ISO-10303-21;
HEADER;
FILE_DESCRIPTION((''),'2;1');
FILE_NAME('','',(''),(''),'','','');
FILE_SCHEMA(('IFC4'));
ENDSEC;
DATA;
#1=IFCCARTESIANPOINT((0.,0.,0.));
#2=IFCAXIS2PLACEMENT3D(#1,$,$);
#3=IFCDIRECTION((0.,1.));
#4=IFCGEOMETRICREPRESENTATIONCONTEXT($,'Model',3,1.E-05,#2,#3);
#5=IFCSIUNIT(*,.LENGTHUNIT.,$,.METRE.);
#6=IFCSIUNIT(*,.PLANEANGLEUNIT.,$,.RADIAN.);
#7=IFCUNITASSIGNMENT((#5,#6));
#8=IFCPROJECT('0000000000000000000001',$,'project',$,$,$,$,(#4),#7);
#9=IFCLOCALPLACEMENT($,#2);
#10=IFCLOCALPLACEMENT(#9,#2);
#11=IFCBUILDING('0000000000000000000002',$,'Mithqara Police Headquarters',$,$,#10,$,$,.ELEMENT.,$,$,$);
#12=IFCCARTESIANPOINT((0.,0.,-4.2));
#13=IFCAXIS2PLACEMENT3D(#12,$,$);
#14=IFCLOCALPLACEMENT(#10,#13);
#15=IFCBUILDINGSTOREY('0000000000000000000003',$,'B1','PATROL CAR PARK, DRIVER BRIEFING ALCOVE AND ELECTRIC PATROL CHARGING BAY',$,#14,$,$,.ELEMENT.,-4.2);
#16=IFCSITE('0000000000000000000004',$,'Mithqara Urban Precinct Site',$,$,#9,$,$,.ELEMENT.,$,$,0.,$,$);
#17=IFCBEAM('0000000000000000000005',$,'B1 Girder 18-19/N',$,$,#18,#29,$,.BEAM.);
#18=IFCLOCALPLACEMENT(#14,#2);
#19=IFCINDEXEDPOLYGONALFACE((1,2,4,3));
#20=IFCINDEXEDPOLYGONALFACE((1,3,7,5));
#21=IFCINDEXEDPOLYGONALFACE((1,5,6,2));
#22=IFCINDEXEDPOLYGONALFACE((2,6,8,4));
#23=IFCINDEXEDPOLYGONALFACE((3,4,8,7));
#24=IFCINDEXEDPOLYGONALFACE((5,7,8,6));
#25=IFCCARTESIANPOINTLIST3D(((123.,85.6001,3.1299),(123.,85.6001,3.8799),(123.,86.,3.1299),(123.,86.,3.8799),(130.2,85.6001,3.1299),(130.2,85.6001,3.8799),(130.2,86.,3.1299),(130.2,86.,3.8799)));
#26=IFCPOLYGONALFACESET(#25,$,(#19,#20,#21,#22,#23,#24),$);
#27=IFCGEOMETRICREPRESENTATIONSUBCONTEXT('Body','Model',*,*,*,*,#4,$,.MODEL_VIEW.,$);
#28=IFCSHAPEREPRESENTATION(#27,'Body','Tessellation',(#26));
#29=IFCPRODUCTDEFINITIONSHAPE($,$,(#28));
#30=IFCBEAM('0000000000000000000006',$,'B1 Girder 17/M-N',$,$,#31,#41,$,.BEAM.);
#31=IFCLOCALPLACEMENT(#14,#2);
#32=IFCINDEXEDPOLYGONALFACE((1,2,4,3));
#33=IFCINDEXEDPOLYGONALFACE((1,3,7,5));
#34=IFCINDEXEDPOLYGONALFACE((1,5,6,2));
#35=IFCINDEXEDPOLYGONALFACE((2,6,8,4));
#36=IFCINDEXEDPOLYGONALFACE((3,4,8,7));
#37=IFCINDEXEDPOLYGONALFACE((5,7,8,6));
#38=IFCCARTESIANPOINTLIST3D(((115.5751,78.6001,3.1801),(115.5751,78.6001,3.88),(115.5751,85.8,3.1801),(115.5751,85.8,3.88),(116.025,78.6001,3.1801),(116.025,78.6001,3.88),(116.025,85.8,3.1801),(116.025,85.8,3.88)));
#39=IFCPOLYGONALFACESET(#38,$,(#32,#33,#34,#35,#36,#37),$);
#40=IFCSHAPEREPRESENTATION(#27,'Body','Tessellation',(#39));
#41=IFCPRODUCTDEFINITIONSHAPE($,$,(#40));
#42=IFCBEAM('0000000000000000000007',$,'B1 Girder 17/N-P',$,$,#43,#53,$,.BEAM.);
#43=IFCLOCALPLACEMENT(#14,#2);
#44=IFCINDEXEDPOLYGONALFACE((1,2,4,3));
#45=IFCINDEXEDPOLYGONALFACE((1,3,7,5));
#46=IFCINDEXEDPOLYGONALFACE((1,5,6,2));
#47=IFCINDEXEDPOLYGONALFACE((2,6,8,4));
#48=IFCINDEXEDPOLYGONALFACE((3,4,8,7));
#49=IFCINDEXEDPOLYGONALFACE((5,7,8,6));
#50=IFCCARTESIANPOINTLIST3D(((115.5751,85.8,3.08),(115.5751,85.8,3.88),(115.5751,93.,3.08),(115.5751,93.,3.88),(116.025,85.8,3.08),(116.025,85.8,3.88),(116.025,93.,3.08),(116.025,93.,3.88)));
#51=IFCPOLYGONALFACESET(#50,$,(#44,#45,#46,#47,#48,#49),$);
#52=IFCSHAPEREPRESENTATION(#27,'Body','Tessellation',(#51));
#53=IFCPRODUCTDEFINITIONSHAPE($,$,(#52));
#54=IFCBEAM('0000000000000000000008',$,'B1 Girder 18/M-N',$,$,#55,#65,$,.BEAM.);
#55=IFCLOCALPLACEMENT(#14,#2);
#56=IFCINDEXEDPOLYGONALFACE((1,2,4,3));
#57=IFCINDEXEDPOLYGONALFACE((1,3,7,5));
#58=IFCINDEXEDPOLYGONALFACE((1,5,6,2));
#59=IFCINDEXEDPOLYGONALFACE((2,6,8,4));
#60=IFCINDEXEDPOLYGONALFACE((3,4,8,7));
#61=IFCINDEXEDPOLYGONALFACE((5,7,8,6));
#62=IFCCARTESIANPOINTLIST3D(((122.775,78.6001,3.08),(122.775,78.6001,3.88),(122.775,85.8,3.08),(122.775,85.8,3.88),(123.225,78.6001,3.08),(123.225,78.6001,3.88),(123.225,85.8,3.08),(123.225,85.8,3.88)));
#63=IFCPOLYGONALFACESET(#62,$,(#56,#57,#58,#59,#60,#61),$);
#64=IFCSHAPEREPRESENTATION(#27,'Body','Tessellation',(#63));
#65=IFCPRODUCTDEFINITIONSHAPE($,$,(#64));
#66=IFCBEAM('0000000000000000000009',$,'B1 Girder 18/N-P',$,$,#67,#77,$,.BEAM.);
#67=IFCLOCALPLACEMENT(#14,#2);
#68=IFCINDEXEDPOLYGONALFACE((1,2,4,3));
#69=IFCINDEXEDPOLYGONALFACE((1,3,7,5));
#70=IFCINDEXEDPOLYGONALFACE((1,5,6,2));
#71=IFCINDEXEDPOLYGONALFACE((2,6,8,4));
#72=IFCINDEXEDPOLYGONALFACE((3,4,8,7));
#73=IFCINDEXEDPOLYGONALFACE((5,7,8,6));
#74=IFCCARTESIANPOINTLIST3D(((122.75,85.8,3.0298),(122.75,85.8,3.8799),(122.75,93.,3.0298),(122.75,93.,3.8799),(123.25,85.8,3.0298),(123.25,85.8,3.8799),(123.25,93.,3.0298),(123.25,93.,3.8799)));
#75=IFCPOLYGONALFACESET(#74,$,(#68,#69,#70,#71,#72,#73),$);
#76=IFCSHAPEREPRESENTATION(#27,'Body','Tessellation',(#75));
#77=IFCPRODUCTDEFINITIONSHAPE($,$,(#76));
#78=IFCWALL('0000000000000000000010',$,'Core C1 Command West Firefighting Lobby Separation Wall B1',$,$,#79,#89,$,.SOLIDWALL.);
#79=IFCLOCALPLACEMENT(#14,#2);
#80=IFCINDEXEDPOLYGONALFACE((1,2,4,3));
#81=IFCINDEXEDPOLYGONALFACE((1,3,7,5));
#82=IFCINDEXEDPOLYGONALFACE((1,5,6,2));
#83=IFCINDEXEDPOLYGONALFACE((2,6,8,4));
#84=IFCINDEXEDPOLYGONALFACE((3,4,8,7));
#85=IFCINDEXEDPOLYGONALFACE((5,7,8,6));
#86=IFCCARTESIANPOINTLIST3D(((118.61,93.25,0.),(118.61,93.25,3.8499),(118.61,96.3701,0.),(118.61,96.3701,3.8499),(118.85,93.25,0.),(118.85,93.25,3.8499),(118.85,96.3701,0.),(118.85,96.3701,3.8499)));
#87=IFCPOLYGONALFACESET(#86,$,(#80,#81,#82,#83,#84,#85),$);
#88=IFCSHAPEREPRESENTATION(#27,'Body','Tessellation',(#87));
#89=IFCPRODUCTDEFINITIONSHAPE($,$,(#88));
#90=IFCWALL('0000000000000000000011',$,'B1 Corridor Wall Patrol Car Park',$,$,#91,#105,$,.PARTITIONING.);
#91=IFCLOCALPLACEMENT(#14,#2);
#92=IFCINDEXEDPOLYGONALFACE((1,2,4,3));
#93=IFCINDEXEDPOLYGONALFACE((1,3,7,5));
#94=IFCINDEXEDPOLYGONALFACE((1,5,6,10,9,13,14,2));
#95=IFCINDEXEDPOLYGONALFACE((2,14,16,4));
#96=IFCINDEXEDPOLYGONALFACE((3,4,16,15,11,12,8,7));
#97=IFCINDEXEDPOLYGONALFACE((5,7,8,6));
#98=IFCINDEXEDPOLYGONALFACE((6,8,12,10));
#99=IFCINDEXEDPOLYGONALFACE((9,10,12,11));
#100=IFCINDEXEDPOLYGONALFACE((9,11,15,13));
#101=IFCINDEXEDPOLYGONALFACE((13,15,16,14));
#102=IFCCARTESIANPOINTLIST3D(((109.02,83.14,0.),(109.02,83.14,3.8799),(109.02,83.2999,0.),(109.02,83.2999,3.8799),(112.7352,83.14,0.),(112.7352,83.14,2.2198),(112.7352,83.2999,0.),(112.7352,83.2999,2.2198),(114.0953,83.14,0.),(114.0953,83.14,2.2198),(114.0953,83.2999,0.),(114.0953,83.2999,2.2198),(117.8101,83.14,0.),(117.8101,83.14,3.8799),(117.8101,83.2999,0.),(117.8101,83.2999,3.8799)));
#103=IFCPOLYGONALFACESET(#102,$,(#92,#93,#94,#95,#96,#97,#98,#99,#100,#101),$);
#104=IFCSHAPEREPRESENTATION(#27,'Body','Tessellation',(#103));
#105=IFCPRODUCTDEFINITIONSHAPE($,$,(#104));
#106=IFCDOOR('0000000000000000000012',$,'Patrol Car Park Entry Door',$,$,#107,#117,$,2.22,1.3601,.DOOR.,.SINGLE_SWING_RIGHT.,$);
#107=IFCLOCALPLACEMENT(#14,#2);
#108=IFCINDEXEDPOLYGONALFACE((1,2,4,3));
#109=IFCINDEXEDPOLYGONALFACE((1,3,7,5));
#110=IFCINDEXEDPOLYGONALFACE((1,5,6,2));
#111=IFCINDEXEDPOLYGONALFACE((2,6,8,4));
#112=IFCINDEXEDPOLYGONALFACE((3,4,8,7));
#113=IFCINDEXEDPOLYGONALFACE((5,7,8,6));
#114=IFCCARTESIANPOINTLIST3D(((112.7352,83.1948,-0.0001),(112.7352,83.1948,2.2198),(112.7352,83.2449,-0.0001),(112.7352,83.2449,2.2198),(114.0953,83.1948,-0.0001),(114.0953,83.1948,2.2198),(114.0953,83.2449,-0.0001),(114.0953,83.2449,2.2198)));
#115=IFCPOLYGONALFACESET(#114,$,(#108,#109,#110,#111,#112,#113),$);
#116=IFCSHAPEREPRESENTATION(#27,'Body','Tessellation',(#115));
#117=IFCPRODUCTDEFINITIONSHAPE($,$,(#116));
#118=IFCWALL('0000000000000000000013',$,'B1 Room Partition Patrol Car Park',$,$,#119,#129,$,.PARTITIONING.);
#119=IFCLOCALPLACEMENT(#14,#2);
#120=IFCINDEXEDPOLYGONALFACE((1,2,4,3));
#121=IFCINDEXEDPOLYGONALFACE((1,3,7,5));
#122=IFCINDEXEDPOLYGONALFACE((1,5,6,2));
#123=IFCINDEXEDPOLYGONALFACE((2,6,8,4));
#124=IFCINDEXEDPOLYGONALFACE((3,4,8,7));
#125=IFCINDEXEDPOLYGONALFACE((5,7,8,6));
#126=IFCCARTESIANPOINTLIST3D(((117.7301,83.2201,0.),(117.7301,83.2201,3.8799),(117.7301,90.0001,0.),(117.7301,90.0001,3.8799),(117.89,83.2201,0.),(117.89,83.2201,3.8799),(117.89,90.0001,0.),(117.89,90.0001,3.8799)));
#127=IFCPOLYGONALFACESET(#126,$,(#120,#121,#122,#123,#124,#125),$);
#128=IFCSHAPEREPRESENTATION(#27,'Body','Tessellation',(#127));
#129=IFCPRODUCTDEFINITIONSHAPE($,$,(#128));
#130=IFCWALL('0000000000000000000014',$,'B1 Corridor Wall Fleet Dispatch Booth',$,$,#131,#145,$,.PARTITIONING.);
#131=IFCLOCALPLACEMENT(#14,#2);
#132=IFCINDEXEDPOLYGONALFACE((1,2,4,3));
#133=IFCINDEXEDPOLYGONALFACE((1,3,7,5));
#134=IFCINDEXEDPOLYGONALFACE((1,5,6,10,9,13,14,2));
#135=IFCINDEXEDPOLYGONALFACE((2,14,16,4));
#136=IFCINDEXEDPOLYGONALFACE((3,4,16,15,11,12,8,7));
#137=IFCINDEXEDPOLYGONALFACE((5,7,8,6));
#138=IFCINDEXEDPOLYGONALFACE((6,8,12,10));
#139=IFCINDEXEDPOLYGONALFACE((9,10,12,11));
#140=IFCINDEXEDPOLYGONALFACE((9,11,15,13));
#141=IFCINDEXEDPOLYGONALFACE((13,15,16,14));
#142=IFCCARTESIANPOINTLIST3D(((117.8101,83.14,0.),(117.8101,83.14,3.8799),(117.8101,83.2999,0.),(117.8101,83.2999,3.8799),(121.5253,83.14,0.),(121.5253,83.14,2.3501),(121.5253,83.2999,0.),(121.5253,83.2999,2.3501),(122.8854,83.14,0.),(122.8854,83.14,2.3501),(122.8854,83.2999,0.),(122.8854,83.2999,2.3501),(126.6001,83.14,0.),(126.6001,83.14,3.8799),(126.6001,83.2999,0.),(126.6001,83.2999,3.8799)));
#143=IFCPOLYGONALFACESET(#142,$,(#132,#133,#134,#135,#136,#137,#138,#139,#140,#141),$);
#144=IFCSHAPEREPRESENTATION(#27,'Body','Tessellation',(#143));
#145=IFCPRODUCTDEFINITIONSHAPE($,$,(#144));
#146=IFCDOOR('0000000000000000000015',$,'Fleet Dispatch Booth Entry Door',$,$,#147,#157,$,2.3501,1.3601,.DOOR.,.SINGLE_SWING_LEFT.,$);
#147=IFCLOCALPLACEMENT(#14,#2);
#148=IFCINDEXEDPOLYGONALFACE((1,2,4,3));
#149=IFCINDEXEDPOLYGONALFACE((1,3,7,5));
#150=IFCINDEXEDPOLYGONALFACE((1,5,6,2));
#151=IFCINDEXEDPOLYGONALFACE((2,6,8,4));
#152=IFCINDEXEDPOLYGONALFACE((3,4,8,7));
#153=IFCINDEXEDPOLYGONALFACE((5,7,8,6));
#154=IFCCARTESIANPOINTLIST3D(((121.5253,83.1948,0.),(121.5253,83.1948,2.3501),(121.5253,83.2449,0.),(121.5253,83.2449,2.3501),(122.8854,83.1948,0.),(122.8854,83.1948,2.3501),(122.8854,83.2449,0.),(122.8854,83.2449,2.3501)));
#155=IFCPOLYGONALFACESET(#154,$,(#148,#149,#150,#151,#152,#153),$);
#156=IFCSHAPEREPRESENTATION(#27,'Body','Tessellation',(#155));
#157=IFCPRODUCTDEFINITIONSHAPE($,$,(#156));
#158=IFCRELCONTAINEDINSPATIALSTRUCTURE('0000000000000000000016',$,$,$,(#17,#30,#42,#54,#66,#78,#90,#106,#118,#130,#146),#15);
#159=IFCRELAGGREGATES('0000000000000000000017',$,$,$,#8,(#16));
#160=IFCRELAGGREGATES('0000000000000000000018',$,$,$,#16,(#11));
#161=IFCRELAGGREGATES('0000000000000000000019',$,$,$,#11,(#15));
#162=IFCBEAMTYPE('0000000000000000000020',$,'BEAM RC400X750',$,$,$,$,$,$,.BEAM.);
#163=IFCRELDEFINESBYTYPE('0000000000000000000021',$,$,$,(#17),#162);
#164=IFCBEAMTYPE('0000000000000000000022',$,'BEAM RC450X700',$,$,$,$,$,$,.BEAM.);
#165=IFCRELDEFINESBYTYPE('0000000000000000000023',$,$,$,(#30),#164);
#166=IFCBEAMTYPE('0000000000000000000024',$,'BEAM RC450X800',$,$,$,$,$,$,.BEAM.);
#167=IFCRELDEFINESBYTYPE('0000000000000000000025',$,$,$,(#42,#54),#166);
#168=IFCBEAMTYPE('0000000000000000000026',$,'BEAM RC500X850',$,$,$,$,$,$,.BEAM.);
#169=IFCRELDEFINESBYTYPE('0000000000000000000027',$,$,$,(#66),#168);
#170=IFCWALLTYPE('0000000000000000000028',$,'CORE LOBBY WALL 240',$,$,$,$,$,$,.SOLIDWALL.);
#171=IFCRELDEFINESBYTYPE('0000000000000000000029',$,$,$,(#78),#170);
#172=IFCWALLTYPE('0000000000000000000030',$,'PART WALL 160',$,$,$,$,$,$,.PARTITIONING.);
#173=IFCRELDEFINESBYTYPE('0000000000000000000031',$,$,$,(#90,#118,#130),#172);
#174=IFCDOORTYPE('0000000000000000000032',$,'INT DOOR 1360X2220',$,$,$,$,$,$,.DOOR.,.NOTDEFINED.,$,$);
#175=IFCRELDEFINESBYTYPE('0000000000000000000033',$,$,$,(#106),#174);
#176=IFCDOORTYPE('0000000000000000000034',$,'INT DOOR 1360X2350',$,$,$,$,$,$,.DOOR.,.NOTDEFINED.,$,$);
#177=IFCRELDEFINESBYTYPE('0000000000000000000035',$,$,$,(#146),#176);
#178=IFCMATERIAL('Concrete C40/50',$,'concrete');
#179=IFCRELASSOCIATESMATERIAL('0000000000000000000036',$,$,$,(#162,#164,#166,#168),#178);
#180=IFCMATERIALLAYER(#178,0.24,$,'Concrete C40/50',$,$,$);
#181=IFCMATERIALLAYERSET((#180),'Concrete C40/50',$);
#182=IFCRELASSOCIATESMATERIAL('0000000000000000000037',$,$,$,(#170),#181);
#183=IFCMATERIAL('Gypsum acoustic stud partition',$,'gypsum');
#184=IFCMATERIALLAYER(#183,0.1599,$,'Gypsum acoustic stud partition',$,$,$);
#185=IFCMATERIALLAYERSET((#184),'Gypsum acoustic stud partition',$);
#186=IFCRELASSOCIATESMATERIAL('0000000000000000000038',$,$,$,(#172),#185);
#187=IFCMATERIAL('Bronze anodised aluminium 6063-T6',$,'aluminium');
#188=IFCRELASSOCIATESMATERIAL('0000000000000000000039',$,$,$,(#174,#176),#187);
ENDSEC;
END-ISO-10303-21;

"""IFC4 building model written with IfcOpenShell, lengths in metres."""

from ifc_helpers import new_model, si_unit, direction, frame, frame_2d, origin, origin_2d, place, context, subcontext, project, spatial, rectangle, extrude, material, layer, layer_set, material_profile, profile_set, type_object, element, fill, save


model = new_model("IFC4")

# Units and contexts
model_context = context("Model", 3, precision=1e-05, world=origin(), true_north=direction((0.0, 1.0)))
body_context = subcontext(model_context, "Body", "Model", "MODEL_VIEW")
ifc_project = project(units=[si_unit("LENGTHUNIT", "METRE"), si_unit("PLANEANGLEUNIT", "RADIAN")], contexts=[model_context])

# Site, building, storey
site_placement = place(None, origin())
site = spatial("IfcSite", under=ifc_project, at=site_placement, Name="Mithqara Urban Precinct Site", CompositionType="ELEMENT", RefElevation=0.0)
building_placement = place(site_placement, origin())
building = spatial("IfcBuilding", under=site, at=building_placement, Name="Mithqara Police Headquarters", CompositionType="ELEMENT")
storey_placement = place(building_placement, frame((0.0, 0.0, -4.2)))
storey = spatial("IfcBuildingStorey", under=building, at=storey_placement, Name="B1", Description="PATROL CAR PARK, DRIVER BRIEFING ALCOVE AND ELECTRIC PATROL CHARGING BAY", CompositionType="ELEMENT", Elevation=-4.2)

# Beams
ifc_material_1 = material(Name="Concrete C40/50", Category="concrete")
ifc_material_profile_1 = material_profile(ifc_material_1, rectangle(XDim=0.3999, YDim=0.75, at=origin_2d()), Name="RC 400x750")
ifc_profile_set_1 = profile_set([ifc_material_profile_1], Name="Concrete C40/50")
beam_type_1 = type_object("IfcBeamType", Name="BEAM RC400X750", PredefinedType="BEAM", material=ifc_profile_set_1)
beam_1_placement = place(storey_placement, frame((123.0, 85.8, 3.5049), z_axis=(1.0, 0.0, 0.0), x_axis=(0.0, 1.0, 0.0)))
element("IfcBeam", 1, at=beam_1_placement, inside=storey, type_object=beam_type_1, Name="B1 Girder 18-19/N", PredefinedType="BEAM", context=body_context, shape_type="SweptSolid", body=[
    extrude(rectangle(XDim=0.3999, YDim=0.75, at=origin_2d()), origin(), (0.0, 0.0, 1.0), 7.2),
])
ifc_material_profile_2 = material_profile(ifc_material_1, rectangle(XDim=0.45, YDim=0.7, at=origin_2d()), Name="RC 450x700")
ifc_profile_set_2 = profile_set([ifc_material_profile_2], Name="Concrete C40/50")
beam_type_2 = type_object("IfcBeamType", Name="BEAM RC450X700", PredefinedType="BEAM", material=ifc_profile_set_2)
beam_2_placement = place(storey_placement, frame((115.8, 78.6001, 3.53), z_axis=(0.0, 1.0, 0.0), x_axis=(-1.0, 0.0, 0.0)))
element("IfcBeam", 2, at=beam_2_placement, inside=storey, type_object=beam_type_2, Name="B1 Girder 17/M-N", PredefinedType="BEAM", context=body_context, shape_type="SweptSolid", body=[
    extrude(rectangle(XDim=0.45, YDim=0.7, at=origin_2d()), origin(), (0.0, 0.0, 1.0), 7.2),
])
ifc_material_profile_3 = material_profile(ifc_material_1, rectangle(XDim=0.45, YDim=0.8, at=origin_2d()), Name="RC 450x800")
ifc_profile_set_3 = profile_set([ifc_material_profile_3], Name="Concrete C40/50")
beam_type_3 = type_object("IfcBeamType", Name="BEAM RC450X800", PredefinedType="BEAM", material=ifc_profile_set_3)
for number, where, z_axis, x_axis, name in (
    (3, (115.8, 85.8, 3.48), (0.0, 1.0, 0.0), (-1.0, 0.0, 0.0), "B1 Girder 17/N-P"),
    (4, (123.0, 78.6001, 3.48), (0.0, 1.0, 0.0), (-1.0, 0.0, 0.0), "B1 Girder 18/M-N"),
):
    element("IfcBeam", number, at=place(storey_placement, frame(where, z_axis=z_axis, x_axis=x_axis)), inside=storey, type_object=beam_type_3, Name=name, PredefinedType="BEAM", context=body_context, shape_type="SweptSolid", body=[
        extrude(rectangle(XDim=0.45, YDim=0.8, at=origin_2d()), origin(), (0.0, 0.0, 1.0), 7.2),
    ])
ifc_material_profile_4 = material_profile(ifc_material_1, rectangle(XDim=0.5, YDim=0.8501, at=origin_2d()), Name="RC 500x850")
ifc_profile_set_4 = profile_set([ifc_material_profile_4], Name="Concrete C40/50")
beam_type_4 = type_object("IfcBeamType", Name="BEAM RC500X850", PredefinedType="BEAM", material=ifc_profile_set_4)
beam_3_placement = place(storey_placement, frame((123.0, 85.8, 3.4548), z_axis=(0.0, 1.0, 0.0), x_axis=(-1.0, 0.0, 0.0)))
element("IfcBeam", 5, at=beam_3_placement, inside=storey, type_object=beam_type_4, Name="B1 Girder 18/N-P", PredefinedType="BEAM", context=body_context, shape_type="SweptSolid", body=[
    extrude(rectangle(XDim=0.5, YDim=0.8501, at=origin_2d()), origin(), (0.0, 0.0, 1.0), 7.2),
])

# Wall
ifc_layer_1 = layer(ifc_material_1, 0.24, Name="Concrete C40/50")
ifc_layer_set_1 = layer_set([ifc_layer_1], Name="Concrete C40/50")
wall_type_1 = type_object("IfcWallType", Name="CORE LOBBY WALL 240", PredefinedType="SOLIDWALL", material=ifc_layer_set_1)
wall_1_placement = place(storey_placement, frame((118.73, 93.25, 0.0), z_axis=(0.0, 0.0, 1.0), x_axis=(0.0, 1.0, 0.0)))
element("IfcWall", 6, at=wall_1_placement, inside=storey, type_object=wall_type_1, Name="Core C1 Command West Firefighting Lobby Separation Wall B1", PredefinedType="SOLIDWALL", context=body_context, shape_type="SweptSolid", body=[
    extrude(rectangle(XDim=3.1201, YDim=0.24, at=frame_2d((1.5601, 0.0))), origin(), (0.0, 0.0, 1.0), 3.8499),
])

# Wall, opening, door
ifc_material_2 = material(Name="Gypsum acoustic stud partition", Category="gypsum")
ifc_layer_2 = layer(ifc_material_2, 0.1599, Name="Gypsum acoustic stud partition")
ifc_layer_set_2 = layer_set([ifc_layer_2], Name="Gypsum acoustic stud partition")
wall_type_2 = type_object("IfcWallType", Name="PART WALL 160", PredefinedType="PARTITIONING", material=ifc_layer_set_2)
wall_2_placement = place(storey_placement, frame((109.02, 83.22, 0.0), z_axis=(0.0, 0.0, 1.0), x_axis=(1.0, 0.0, 0.0)))
wall_2 = element("IfcWall", 7, at=wall_2_placement, inside=storey, type_object=wall_type_2, Name="B1 Corridor Wall Patrol Car Park", PredefinedType="PARTITIONING", context=body_context, shape_type="SweptSolid", body=[
    extrude(rectangle(XDim=8.79, YDim=0.1599, at=frame_2d((4.395, 0.0))), origin(), (0.0, 0.0, 1.0), 3.8799),
])
opening_1_placement = place(wall_2_placement, frame((3.7151, 0.0, 0.0)))
opening_1 = element("IfcOpeningElement", 8, at=opening_1_placement, cuts=wall_2, PredefinedType="OPENING", context=body_context, shape_type="SweptSolid", body=[
    extrude(rectangle(XDim=1.3601, YDim=2.22, at=frame_2d((0.6802, 1.1099))), frame((0.0, 0.0898, 0.0), z_axis=(0.0, -1.0, 0.0), x_axis=(1.0, 0.0, 0.0)), (0.0, 0.0, 1.0), 0.1799),
])
ifc_material_3 = material(Name="Bronze anodised aluminium 6063-T6", Category="aluminium")
door_type_1 = type_object("IfcDoorType", Name="INT DOOR 1360X2220", OperationType="NOTDEFINED", PredefinedType="DOOR", material=ifc_material_3)
door_1_placement = place(opening_1_placement, origin())
door_1 = element("IfcDoor", 9, at=door_1_placement, inside=storey, type_object=door_type_1, Name="Patrol Car Park Entry Door", OperationType="SINGLE_SWING_RIGHT", OverallHeight=2.22, OverallWidth=1.3601, PredefinedType="DOOR", context=body_context, shape_type="SweptSolid", body=[
    extrude(rectangle(XDim=1.3601, YDim=2.22, at=frame_2d((0.6802, 1.1099))), frame((0.0, 0.0249, 0.0), z_axis=(0.0, -1.0, 0.0), x_axis=(1.0, 0.0, 0.0)), (0.0, 0.0, 1.0), 0.05),
])
fill(opening_1, door_1)

# Wall
wall_3_placement = place(storey_placement, frame((117.8101, 83.22, 0.0), z_axis=(0.0, 0.0, 1.0), x_axis=(0.0, 1.0, 0.0)))
element("IfcWall", 10, at=wall_3_placement, inside=storey, type_object=wall_type_2, Name="B1 Room Partition Patrol Car Park", PredefinedType="PARTITIONING", context=body_context, shape_type="SweptSolid", body=[
    extrude(rectangle(XDim=6.78, YDim=0.1599, at=frame_2d((3.3901, 0.0))), origin(), (0.0, 0.0, 1.0), 3.8799),
])

# Wall, opening, door
wall_4_placement = place(storey_placement, frame((117.8101, 83.22, 0.0), z_axis=(0.0, 0.0, 1.0), x_axis=(1.0, 0.0, 0.0)))
wall_4 = element("IfcWall", 11, at=wall_4_placement, inside=storey, type_object=wall_type_2, Name="B1 Corridor Wall Fleet Dispatch Booth", PredefinedType="PARTITIONING", context=body_context, shape_type="SweptSolid", body=[
    extrude(rectangle(XDim=8.79, YDim=0.1599, at=frame_2d((4.395, 0.0))), origin(), (0.0, 0.0, 1.0), 3.8799),
])
opening_2_placement = place(wall_4_placement, frame((3.7151, 0.0, 0.0)))
opening_2 = element("IfcOpeningElement", 12, at=opening_2_placement, cuts=wall_4, PredefinedType="OPENING", context=body_context, shape_type="SweptSolid", body=[
    extrude(rectangle(XDim=1.3601, YDim=2.3501, at=frame_2d((0.6802, 1.175))), frame((0.0, 0.0898, 0.0), z_axis=(0.0, -1.0, 0.0), x_axis=(1.0, 0.0, 0.0)), (0.0, 0.0, 1.0), 0.1799),
])
door_type_2 = type_object("IfcDoorType", Name="INT DOOR 1360X2350", OperationType="NOTDEFINED", PredefinedType="DOOR", material=ifc_material_3)
door_2_placement = place(opening_2_placement, origin())
door_2 = element("IfcDoor", 13, at=door_2_placement, inside=storey, type_object=door_type_2, Name="Fleet Dispatch Booth Entry Door", OperationType="SINGLE_SWING_LEFT", OverallHeight=2.3501, OverallWidth=1.3601, PredefinedType="DOOR", context=body_context, shape_type="SweptSolid", body=[
    extrude(rectangle(XDim=1.3601, YDim=2.3501, at=frame_2d((0.6802, 1.175))), frame((0.0, 0.0249, 0.0), z_axis=(0.0, -1.0, 0.0), x_axis=(1.0, 0.0, 0.0)), (0.0, 0.0, 1.0), 0.05),
])
fill(opening_2, door_2)

save(model, "model.ifc")
